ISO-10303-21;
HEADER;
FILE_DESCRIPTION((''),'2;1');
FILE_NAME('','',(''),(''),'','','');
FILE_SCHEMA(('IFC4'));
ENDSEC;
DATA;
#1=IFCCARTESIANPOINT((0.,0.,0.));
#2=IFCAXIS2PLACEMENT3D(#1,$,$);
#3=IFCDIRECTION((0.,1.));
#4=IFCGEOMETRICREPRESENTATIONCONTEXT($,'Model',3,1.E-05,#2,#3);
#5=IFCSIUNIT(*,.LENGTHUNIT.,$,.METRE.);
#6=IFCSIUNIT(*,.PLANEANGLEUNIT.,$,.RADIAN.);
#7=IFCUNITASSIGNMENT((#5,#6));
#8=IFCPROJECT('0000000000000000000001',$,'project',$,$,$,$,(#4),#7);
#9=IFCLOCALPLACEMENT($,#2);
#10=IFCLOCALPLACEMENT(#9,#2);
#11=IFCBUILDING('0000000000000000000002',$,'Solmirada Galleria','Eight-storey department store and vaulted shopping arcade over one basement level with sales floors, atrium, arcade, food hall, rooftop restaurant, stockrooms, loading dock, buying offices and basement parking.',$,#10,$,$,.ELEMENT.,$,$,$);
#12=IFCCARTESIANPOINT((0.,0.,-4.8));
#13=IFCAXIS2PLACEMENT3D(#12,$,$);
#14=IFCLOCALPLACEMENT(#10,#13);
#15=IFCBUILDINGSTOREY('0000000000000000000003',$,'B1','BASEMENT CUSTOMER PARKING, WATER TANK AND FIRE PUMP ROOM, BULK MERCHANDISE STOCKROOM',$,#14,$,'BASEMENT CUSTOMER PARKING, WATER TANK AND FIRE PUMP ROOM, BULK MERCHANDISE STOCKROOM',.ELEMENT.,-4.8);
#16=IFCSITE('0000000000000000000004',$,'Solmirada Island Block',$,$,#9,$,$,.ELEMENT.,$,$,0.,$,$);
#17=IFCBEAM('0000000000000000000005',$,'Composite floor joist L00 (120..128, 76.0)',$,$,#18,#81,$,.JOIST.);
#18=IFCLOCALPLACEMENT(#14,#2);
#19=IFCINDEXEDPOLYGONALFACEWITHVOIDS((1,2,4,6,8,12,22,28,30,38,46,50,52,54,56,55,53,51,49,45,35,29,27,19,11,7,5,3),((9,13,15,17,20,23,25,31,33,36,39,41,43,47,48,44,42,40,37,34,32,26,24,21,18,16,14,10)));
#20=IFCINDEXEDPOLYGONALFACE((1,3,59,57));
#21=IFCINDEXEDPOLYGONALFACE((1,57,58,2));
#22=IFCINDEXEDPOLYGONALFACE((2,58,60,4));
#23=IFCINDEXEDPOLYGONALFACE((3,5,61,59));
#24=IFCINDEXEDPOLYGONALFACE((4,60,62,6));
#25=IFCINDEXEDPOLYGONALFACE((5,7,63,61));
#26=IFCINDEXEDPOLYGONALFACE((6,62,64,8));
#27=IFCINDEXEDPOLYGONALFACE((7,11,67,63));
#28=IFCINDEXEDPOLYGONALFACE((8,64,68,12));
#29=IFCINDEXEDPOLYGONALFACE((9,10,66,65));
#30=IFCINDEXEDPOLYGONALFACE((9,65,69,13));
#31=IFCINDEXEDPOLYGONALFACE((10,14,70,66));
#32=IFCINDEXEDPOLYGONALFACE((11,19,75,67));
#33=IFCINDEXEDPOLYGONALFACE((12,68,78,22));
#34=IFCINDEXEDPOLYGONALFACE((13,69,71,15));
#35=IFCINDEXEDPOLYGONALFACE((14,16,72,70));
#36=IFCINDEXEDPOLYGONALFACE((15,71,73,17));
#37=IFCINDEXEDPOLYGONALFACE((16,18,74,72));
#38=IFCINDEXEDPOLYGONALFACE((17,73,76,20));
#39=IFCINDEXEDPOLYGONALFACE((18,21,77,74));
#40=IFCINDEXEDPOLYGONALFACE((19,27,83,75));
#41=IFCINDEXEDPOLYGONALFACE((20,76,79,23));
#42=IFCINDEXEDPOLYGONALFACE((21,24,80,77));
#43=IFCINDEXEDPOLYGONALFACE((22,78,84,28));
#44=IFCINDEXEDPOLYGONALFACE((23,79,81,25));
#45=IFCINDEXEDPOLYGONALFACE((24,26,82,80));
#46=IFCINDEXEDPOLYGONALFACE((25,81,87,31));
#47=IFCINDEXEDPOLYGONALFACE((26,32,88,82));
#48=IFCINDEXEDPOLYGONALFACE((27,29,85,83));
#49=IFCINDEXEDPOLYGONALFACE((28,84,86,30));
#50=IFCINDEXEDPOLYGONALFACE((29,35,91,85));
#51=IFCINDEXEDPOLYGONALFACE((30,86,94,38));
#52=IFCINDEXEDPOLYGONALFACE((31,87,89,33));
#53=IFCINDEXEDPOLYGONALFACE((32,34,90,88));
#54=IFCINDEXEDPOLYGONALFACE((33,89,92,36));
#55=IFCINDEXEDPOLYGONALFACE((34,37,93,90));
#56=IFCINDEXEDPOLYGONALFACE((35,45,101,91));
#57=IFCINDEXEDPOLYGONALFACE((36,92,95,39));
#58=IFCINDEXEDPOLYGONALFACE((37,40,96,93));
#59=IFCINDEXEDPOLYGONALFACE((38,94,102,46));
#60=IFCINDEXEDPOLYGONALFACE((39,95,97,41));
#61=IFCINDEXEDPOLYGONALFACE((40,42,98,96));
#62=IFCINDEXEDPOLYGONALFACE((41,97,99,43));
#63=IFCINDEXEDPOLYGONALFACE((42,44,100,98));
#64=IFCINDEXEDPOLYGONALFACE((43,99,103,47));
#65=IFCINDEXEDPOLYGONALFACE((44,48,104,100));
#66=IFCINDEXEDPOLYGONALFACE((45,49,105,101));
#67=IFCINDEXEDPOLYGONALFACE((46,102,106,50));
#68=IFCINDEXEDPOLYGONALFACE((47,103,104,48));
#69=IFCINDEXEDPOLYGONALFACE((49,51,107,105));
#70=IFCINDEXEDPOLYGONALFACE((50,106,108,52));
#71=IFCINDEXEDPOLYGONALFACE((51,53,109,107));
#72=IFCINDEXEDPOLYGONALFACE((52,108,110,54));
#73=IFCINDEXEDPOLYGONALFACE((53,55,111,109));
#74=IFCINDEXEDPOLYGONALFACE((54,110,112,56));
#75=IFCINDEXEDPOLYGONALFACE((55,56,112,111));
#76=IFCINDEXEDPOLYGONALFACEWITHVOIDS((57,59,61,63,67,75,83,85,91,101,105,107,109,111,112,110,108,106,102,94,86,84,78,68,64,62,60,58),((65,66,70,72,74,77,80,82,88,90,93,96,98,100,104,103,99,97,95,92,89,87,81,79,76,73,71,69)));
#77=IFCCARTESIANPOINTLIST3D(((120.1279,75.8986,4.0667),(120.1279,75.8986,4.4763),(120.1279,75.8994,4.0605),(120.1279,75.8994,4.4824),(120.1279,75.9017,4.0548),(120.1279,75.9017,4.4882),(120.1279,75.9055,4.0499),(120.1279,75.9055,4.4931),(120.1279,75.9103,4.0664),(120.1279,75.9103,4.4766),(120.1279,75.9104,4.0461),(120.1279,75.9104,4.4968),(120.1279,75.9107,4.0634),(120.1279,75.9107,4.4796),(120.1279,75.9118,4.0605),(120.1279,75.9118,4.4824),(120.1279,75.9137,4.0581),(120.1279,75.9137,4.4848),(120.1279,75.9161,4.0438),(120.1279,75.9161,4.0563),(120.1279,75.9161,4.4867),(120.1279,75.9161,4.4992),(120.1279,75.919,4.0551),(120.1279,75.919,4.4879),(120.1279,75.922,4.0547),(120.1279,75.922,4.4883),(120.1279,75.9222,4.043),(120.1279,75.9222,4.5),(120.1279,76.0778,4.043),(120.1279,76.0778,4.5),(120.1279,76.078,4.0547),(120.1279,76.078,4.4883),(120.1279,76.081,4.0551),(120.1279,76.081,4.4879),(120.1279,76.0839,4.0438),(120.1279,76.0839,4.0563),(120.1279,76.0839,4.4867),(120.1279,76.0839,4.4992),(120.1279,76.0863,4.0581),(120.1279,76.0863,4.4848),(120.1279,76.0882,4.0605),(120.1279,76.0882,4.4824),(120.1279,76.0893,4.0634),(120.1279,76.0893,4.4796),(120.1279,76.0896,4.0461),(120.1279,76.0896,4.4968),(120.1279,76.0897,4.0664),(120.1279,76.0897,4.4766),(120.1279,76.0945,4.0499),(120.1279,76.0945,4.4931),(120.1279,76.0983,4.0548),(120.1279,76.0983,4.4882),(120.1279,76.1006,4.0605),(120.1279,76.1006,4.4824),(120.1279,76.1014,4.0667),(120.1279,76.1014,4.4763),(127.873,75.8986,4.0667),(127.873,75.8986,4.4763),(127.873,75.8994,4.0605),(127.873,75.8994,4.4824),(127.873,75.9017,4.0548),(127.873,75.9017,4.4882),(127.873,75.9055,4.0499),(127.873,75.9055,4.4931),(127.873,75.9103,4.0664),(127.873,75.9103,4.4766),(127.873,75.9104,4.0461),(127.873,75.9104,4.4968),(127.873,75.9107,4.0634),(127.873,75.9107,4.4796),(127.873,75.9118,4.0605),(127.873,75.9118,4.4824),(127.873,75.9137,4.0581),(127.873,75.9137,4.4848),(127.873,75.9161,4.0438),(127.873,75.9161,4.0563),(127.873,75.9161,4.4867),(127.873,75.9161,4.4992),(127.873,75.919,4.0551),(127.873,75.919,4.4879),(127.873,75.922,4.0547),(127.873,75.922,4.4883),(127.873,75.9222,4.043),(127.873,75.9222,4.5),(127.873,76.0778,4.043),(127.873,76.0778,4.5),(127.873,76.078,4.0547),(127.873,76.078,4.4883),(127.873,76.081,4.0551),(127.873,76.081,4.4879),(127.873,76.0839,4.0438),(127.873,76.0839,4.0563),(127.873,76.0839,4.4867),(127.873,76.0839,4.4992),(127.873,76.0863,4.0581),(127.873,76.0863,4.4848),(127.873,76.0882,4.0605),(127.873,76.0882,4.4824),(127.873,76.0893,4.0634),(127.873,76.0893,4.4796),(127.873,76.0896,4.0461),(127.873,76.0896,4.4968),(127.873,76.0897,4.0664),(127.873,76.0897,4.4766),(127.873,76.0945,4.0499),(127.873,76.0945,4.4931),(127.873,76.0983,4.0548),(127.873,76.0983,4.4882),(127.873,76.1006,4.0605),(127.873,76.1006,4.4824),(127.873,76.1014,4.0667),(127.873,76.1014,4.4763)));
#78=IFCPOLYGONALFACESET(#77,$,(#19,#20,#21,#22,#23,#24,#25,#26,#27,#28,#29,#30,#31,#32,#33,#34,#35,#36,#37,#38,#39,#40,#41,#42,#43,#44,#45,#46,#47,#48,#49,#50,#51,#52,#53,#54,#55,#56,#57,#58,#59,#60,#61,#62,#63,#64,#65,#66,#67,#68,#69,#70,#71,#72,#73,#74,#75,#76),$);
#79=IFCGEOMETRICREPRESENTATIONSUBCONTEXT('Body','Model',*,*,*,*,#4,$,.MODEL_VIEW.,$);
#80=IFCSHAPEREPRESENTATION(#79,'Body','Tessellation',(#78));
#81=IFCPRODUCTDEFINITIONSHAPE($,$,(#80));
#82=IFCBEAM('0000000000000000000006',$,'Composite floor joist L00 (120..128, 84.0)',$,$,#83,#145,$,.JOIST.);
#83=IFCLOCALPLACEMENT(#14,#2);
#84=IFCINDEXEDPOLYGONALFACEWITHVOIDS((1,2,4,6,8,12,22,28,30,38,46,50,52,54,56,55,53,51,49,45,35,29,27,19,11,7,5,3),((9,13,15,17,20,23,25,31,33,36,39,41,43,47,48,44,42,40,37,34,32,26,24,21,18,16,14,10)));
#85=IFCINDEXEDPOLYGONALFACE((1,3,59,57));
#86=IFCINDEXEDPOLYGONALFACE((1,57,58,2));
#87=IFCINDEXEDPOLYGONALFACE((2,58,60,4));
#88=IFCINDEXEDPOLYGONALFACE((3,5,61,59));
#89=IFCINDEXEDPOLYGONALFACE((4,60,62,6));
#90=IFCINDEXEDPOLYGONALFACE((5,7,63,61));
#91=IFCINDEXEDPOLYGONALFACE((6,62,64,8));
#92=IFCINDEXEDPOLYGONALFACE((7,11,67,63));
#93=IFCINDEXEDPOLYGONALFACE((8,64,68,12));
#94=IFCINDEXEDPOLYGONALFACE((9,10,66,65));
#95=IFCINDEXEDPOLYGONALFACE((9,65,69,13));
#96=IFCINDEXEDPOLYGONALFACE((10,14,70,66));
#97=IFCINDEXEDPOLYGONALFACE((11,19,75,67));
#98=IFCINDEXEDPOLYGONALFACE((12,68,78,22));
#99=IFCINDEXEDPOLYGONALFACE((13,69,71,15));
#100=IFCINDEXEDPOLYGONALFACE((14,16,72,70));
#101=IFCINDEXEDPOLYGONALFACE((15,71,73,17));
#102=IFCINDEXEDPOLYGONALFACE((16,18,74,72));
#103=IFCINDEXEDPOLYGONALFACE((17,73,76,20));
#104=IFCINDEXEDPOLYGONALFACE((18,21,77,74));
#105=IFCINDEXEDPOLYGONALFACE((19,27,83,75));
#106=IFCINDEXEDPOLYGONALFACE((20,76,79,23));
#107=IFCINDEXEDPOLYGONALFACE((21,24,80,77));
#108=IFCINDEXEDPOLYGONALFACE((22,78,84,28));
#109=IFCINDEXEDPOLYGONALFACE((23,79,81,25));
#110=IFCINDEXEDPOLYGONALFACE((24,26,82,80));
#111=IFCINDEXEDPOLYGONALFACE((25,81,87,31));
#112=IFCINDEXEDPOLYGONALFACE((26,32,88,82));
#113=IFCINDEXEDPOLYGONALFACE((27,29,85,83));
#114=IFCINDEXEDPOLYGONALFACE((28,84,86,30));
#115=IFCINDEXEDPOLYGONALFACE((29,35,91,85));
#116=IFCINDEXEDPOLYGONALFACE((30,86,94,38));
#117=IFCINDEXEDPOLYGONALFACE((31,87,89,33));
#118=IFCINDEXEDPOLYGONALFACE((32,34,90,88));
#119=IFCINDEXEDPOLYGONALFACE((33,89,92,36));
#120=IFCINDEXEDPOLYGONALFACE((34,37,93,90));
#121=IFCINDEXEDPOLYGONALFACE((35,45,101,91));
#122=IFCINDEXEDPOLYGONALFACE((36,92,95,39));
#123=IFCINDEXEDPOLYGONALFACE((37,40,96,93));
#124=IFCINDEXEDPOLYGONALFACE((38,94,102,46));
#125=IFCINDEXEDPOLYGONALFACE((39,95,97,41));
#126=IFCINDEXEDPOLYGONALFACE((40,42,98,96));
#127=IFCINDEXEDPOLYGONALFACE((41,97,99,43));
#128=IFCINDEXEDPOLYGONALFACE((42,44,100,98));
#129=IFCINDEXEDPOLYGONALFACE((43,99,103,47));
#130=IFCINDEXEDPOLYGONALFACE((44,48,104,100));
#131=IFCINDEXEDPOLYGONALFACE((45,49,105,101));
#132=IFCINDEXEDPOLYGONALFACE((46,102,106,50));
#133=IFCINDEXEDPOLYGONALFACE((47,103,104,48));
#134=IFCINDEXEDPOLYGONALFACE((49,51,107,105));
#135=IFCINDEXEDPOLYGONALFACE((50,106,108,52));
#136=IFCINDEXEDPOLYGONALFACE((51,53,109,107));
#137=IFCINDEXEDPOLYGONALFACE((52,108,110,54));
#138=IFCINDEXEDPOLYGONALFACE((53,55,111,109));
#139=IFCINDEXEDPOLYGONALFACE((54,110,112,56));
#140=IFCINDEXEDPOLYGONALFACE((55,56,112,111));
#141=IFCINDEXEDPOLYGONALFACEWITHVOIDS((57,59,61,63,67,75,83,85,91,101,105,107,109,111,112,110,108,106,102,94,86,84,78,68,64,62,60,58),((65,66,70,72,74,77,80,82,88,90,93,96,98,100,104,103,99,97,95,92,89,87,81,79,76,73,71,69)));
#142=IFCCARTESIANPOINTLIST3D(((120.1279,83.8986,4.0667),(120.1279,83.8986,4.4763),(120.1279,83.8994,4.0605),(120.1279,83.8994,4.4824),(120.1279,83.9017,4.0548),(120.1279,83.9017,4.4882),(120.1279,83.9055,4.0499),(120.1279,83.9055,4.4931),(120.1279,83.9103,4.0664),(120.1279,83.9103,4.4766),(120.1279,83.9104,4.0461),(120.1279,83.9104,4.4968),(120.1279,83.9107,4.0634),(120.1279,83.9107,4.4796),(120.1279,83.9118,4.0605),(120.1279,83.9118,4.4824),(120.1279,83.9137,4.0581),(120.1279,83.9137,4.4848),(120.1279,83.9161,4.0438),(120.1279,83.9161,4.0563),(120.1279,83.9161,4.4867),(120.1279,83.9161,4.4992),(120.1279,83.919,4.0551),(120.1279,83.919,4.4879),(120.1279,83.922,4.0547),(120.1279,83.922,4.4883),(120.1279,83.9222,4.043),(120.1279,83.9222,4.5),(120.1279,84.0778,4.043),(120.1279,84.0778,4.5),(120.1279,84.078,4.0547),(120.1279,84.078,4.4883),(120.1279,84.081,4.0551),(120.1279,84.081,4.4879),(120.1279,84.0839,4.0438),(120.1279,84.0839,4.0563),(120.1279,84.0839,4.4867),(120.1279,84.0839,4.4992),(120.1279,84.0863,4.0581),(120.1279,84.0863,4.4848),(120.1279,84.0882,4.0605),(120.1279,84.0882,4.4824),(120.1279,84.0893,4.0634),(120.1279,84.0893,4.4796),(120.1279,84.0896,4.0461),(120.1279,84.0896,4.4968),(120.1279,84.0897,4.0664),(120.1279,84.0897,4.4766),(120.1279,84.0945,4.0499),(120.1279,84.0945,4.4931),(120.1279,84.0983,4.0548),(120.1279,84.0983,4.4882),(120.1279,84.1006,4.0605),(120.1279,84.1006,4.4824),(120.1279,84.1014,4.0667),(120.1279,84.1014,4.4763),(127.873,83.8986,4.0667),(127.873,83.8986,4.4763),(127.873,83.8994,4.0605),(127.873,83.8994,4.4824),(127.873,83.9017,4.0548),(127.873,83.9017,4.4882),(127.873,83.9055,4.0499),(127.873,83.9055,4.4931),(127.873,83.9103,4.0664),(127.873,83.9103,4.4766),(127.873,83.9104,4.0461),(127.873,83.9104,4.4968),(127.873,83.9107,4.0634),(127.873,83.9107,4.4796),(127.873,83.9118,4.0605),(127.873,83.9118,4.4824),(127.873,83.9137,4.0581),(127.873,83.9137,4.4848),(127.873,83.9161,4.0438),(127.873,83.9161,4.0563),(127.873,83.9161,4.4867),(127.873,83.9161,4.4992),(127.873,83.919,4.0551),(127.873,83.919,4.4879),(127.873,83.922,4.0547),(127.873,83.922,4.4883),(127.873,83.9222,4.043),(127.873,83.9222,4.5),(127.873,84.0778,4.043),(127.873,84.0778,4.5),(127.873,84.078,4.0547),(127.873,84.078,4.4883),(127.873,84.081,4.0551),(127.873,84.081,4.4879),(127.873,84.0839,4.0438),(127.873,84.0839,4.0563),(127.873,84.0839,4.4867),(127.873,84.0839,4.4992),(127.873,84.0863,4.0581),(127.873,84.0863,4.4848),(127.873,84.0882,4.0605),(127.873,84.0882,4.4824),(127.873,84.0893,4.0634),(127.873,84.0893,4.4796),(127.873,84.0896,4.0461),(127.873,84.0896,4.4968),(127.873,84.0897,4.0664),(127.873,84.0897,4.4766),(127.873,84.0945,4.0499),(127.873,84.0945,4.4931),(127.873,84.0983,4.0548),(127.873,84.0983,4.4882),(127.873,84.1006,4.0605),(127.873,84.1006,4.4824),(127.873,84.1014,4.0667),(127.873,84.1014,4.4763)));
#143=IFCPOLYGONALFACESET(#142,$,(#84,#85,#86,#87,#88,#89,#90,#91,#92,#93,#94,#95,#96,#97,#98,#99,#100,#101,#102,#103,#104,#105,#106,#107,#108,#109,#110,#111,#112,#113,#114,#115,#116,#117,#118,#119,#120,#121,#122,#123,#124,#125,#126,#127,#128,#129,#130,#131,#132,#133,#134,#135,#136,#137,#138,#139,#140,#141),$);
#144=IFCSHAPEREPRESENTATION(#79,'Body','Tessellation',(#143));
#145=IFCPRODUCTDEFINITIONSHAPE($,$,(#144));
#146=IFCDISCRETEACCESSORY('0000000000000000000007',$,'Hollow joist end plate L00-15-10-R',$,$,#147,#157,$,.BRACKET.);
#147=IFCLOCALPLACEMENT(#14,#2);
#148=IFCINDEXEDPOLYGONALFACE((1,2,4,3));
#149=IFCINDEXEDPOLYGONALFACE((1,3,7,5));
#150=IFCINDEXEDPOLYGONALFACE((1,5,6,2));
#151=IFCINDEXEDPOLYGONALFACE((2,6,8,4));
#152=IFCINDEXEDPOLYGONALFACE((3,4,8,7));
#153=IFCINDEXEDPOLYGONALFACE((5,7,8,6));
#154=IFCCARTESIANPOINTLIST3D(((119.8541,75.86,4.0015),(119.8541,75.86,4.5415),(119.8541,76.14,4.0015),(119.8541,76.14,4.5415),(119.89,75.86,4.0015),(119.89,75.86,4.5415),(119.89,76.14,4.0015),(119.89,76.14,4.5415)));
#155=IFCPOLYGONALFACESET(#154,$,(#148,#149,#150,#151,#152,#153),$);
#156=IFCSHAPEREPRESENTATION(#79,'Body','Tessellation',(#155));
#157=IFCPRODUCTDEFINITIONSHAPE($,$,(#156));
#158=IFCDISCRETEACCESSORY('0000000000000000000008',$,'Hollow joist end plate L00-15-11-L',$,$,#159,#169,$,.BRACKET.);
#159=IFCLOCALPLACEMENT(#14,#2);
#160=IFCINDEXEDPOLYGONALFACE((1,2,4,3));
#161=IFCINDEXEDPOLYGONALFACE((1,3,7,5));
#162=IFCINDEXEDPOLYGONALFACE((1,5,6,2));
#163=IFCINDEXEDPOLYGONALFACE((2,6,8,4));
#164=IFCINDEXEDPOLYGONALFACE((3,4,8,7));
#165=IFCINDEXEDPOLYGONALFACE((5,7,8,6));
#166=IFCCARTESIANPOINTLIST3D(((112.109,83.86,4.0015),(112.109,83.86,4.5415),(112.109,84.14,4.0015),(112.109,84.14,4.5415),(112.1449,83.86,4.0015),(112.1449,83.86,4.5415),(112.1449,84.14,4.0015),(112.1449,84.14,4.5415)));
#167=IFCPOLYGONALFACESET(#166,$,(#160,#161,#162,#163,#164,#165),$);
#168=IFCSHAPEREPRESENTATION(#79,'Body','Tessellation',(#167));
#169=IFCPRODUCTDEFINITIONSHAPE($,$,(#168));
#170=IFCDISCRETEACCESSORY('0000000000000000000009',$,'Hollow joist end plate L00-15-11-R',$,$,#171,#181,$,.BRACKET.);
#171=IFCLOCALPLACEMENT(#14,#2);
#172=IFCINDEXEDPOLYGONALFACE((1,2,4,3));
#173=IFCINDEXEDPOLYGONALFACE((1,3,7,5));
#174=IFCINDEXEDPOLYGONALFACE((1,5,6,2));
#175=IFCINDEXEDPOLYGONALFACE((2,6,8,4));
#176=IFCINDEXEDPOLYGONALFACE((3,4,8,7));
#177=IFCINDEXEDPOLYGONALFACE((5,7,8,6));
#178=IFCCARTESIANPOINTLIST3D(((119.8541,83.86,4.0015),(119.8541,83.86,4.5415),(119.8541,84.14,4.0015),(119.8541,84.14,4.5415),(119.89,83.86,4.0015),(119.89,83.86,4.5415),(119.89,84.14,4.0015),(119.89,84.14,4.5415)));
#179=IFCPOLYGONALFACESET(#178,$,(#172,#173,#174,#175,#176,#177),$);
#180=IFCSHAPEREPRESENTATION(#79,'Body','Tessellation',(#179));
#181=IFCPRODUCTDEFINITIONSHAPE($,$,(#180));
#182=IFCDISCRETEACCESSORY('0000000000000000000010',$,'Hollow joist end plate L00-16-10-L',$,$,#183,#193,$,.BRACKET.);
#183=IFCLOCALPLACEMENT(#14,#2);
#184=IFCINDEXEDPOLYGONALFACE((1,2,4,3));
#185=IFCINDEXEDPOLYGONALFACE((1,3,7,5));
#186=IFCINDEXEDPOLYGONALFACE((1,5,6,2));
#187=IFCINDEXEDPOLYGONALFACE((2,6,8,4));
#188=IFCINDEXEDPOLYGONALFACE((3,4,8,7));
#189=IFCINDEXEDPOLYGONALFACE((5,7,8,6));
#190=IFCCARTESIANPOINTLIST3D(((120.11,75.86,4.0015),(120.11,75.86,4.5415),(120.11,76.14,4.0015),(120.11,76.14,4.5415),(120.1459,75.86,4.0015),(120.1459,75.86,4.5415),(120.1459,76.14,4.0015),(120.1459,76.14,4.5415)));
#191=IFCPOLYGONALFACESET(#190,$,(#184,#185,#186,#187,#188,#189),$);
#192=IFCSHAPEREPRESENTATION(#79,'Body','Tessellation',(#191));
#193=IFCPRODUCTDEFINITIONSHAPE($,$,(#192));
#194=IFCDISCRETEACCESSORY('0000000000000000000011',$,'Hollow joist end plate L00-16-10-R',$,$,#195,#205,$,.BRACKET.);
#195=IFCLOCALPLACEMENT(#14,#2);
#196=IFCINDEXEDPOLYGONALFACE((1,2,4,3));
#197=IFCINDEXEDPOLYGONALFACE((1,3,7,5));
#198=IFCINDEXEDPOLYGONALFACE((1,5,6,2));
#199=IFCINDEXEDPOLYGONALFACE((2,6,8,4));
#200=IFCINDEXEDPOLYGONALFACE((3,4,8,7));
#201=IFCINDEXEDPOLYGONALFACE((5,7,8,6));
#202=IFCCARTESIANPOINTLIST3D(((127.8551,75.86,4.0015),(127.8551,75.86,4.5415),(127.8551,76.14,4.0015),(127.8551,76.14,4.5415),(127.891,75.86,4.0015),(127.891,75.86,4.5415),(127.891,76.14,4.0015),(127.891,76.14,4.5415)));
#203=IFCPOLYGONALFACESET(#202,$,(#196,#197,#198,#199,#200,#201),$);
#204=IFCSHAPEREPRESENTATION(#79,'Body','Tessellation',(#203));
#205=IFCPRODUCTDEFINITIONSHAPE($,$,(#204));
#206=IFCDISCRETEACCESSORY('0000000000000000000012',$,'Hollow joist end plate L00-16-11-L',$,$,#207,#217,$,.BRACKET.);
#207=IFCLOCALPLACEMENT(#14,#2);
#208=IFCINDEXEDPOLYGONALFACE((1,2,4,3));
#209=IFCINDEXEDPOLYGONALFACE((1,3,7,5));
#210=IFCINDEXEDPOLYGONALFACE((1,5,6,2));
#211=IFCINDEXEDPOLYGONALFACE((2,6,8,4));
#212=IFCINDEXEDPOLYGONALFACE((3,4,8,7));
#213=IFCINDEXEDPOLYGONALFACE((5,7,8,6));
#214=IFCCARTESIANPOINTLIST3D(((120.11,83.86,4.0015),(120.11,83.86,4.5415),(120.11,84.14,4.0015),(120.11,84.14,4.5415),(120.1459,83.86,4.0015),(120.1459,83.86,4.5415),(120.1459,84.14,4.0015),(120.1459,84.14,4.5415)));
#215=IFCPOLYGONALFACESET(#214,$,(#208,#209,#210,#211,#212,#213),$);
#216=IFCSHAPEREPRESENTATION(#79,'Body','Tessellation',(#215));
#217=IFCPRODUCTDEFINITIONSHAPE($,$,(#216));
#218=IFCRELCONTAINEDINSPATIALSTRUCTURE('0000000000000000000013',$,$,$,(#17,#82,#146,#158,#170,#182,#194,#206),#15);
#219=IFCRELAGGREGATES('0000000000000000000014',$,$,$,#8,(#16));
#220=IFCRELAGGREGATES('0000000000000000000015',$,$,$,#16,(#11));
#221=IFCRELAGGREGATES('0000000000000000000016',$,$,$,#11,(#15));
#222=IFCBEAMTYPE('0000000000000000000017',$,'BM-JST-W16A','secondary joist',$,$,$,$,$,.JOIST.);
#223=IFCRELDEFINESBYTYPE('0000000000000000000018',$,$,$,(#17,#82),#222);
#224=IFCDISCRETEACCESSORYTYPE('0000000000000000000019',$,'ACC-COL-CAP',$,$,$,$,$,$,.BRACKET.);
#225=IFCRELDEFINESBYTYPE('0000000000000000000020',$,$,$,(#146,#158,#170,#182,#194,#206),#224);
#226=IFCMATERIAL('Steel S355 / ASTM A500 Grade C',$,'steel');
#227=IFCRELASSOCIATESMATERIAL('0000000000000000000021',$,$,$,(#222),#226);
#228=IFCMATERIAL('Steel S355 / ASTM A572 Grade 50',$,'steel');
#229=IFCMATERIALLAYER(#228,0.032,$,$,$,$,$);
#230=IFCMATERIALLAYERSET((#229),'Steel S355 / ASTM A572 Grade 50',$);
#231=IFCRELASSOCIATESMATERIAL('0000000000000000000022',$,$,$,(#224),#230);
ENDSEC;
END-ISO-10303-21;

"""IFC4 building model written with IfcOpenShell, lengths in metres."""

from ifc_helpers import new_model, si_unit, direction, frame, origin, origin_2d, place, context, subcontext, project, spatial, rectangle, hollow_rectangle, extrude, material, layer, layer_set, material_profile, profile_set, type_object, element, save


model = new_model("IFC4")

# Units and contexts
model_context = context("Model", 3, precision=1e-05, world=origin(), true_north=direction((0.0, 1.0)))
body_context = subcontext(model_context, "Body", "Model", "MODEL_VIEW")
ifc_project = project(units=[si_unit("LENGTHUNIT", "METRE"), si_unit("PLANEANGLEUNIT", "RADIAN")], contexts=[model_context])

# Site, building, storey
site_placement = place(None, origin())
site = spatial("IfcSite", under=ifc_project, at=site_placement, Name="Solmirada Island Block", CompositionType="ELEMENT", RefElevation=0.0)
building_placement = place(site_placement, origin())
building = spatial("IfcBuilding", under=site, at=building_placement, Name="Solmirada Galleria", Description="Eight-storey department store and vaulted shopping arcade over one basement level with sales floors, atrium, arcade, food hall, rooftop restaurant, stockrooms, loading dock, buying offices and basement parking.", CompositionType="ELEMENT")
storey_placement = place(building_placement, frame((0.0, 0.0, -4.8)))
storey = spatial("IfcBuildingStorey", under=building, at=storey_placement, Name="B1", Description="BASEMENT CUSTOMER PARKING, WATER TANK AND FIRE PUMP ROOM, BULK MERCHANDISE STOCKROOM", LongName="BASEMENT CUSTOMER PARKING, WATER TANK AND FIRE PUMP ROOM, BULK MERCHANDISE STOCKROOM", CompositionType="ELEMENT", Elevation=-4.8)

# Shared definitions
ifc_material_1 = material(Name="Steel S355 / ASTM A500 Grade C", Category="steel")

# Beams
ifc_material_profile_1 = material_profile(ifc_material_1, hollow_rectangle(XDim=0.2029, YDim=0.457, WallThickness=0.0117, InnerFilletRadius=0.0117, OuterFilletRadius=0.0237, at=origin_2d()), Name="HSS18X8X1/2")
ifc_profile_set_1 = profile_set([ifc_material_profile_1], Name="Steel S355 / ASTM A500 Grade C")
beam_type_1 = type_object("IfcBeamType", Name="BM-JST-W16A", Description="secondary joist", PredefinedType="JOIST", material=ifc_profile_set_1)
for number, where, z_axis, x_axis, name in (
    (1, (120.1279, 76.0, 4.2715), (1.0, 0.0, 0.0), (0.0, 1.0, 0.0), "Composite floor joist L00 (120..128, 76.0)"),
    (2, (120.1279, 84.0, 4.2715), (1.0, 0.0, 0.0), (0.0, 1.0, 0.0), "Composite floor joist L00 (120..128, 84.0)"),
):
    element("IfcBeam", number, at=place(storey_placement, frame(where, z_axis=z_axis, x_axis=x_axis)), inside=storey, type_object=beam_type_1, Name=name, PredefinedType="JOIST", context=body_context, shape_type="SweptSolid", body=[
        extrude(hollow_rectangle(XDim=0.2029, YDim=0.457, WallThickness=0.0117, InnerFilletRadius=0.0117, OuterFilletRadius=0.0237, at=origin_2d()), origin(), (0.0, 0.0, 1.0), 7.7451),
    ])

# Discrete accessories
ifc_material_2 = material(Name="Steel S355 / ASTM A572 Grade 50", Category="steel")
ifc_layer = layer(ifc_material_2, 0.032)
ifc_layer_set = layer_set([ifc_layer], Name="Steel S355 / ASTM A572 Grade 50")
discrete_accessory_type = type_object("IfcDiscreteAccessoryType", Name="ACC-COL-CAP", PredefinedType="BRACKET", material=ifc_layer_set)
for number, where, z_axis, x_axis, name in (
    (3, (119.8721, 76.0, 4.0015), (0.0, 0.0, 1.0), (1.0, 0.0, 0.0), "Hollow joist end plate L00-15-10-R"),
    (4, (112.127, 84.0, 4.0015), (0.0, 0.0, 1.0), (1.0, 0.0, 0.0), "Hollow joist end plate L00-15-11-L"),
    (5, (119.8721, 84.0, 4.0015), (0.0, 0.0, 1.0), (1.0, 0.0, 0.0), "Hollow joist end plate L00-15-11-R"),
    (6, (120.1279, 76.0, 4.0015), (0.0, 0.0, 1.0), (1.0, 0.0, 0.0), "Hollow joist end plate L00-16-10-L"),
    (7, (127.873, 76.0, 4.0015), (0.0, 0.0, 1.0), (1.0, 0.0, 0.0), "Hollow joist end plate L00-16-10-R"),
    (8, (120.1279, 84.0, 4.0015), (0.0, 0.0, 1.0), (1.0, 0.0, 0.0), "Hollow joist end plate L00-16-11-L"),
):
    element("IfcDiscreteAccessory", number, at=place(storey_placement, frame(where, z_axis=z_axis, x_axis=x_axis)), inside=storey, type_object=discrete_accessory_type, Name=name, PredefinedType="BRACKET", context=body_context, shape_type="SweptSolid", body=[
        extrude(rectangle(XDim=0.0359, YDim=0.28, at=origin_2d()), origin(), (0.0, 0.0, 1.0), 0.54),
    ])

save(model, "model.ifc")
